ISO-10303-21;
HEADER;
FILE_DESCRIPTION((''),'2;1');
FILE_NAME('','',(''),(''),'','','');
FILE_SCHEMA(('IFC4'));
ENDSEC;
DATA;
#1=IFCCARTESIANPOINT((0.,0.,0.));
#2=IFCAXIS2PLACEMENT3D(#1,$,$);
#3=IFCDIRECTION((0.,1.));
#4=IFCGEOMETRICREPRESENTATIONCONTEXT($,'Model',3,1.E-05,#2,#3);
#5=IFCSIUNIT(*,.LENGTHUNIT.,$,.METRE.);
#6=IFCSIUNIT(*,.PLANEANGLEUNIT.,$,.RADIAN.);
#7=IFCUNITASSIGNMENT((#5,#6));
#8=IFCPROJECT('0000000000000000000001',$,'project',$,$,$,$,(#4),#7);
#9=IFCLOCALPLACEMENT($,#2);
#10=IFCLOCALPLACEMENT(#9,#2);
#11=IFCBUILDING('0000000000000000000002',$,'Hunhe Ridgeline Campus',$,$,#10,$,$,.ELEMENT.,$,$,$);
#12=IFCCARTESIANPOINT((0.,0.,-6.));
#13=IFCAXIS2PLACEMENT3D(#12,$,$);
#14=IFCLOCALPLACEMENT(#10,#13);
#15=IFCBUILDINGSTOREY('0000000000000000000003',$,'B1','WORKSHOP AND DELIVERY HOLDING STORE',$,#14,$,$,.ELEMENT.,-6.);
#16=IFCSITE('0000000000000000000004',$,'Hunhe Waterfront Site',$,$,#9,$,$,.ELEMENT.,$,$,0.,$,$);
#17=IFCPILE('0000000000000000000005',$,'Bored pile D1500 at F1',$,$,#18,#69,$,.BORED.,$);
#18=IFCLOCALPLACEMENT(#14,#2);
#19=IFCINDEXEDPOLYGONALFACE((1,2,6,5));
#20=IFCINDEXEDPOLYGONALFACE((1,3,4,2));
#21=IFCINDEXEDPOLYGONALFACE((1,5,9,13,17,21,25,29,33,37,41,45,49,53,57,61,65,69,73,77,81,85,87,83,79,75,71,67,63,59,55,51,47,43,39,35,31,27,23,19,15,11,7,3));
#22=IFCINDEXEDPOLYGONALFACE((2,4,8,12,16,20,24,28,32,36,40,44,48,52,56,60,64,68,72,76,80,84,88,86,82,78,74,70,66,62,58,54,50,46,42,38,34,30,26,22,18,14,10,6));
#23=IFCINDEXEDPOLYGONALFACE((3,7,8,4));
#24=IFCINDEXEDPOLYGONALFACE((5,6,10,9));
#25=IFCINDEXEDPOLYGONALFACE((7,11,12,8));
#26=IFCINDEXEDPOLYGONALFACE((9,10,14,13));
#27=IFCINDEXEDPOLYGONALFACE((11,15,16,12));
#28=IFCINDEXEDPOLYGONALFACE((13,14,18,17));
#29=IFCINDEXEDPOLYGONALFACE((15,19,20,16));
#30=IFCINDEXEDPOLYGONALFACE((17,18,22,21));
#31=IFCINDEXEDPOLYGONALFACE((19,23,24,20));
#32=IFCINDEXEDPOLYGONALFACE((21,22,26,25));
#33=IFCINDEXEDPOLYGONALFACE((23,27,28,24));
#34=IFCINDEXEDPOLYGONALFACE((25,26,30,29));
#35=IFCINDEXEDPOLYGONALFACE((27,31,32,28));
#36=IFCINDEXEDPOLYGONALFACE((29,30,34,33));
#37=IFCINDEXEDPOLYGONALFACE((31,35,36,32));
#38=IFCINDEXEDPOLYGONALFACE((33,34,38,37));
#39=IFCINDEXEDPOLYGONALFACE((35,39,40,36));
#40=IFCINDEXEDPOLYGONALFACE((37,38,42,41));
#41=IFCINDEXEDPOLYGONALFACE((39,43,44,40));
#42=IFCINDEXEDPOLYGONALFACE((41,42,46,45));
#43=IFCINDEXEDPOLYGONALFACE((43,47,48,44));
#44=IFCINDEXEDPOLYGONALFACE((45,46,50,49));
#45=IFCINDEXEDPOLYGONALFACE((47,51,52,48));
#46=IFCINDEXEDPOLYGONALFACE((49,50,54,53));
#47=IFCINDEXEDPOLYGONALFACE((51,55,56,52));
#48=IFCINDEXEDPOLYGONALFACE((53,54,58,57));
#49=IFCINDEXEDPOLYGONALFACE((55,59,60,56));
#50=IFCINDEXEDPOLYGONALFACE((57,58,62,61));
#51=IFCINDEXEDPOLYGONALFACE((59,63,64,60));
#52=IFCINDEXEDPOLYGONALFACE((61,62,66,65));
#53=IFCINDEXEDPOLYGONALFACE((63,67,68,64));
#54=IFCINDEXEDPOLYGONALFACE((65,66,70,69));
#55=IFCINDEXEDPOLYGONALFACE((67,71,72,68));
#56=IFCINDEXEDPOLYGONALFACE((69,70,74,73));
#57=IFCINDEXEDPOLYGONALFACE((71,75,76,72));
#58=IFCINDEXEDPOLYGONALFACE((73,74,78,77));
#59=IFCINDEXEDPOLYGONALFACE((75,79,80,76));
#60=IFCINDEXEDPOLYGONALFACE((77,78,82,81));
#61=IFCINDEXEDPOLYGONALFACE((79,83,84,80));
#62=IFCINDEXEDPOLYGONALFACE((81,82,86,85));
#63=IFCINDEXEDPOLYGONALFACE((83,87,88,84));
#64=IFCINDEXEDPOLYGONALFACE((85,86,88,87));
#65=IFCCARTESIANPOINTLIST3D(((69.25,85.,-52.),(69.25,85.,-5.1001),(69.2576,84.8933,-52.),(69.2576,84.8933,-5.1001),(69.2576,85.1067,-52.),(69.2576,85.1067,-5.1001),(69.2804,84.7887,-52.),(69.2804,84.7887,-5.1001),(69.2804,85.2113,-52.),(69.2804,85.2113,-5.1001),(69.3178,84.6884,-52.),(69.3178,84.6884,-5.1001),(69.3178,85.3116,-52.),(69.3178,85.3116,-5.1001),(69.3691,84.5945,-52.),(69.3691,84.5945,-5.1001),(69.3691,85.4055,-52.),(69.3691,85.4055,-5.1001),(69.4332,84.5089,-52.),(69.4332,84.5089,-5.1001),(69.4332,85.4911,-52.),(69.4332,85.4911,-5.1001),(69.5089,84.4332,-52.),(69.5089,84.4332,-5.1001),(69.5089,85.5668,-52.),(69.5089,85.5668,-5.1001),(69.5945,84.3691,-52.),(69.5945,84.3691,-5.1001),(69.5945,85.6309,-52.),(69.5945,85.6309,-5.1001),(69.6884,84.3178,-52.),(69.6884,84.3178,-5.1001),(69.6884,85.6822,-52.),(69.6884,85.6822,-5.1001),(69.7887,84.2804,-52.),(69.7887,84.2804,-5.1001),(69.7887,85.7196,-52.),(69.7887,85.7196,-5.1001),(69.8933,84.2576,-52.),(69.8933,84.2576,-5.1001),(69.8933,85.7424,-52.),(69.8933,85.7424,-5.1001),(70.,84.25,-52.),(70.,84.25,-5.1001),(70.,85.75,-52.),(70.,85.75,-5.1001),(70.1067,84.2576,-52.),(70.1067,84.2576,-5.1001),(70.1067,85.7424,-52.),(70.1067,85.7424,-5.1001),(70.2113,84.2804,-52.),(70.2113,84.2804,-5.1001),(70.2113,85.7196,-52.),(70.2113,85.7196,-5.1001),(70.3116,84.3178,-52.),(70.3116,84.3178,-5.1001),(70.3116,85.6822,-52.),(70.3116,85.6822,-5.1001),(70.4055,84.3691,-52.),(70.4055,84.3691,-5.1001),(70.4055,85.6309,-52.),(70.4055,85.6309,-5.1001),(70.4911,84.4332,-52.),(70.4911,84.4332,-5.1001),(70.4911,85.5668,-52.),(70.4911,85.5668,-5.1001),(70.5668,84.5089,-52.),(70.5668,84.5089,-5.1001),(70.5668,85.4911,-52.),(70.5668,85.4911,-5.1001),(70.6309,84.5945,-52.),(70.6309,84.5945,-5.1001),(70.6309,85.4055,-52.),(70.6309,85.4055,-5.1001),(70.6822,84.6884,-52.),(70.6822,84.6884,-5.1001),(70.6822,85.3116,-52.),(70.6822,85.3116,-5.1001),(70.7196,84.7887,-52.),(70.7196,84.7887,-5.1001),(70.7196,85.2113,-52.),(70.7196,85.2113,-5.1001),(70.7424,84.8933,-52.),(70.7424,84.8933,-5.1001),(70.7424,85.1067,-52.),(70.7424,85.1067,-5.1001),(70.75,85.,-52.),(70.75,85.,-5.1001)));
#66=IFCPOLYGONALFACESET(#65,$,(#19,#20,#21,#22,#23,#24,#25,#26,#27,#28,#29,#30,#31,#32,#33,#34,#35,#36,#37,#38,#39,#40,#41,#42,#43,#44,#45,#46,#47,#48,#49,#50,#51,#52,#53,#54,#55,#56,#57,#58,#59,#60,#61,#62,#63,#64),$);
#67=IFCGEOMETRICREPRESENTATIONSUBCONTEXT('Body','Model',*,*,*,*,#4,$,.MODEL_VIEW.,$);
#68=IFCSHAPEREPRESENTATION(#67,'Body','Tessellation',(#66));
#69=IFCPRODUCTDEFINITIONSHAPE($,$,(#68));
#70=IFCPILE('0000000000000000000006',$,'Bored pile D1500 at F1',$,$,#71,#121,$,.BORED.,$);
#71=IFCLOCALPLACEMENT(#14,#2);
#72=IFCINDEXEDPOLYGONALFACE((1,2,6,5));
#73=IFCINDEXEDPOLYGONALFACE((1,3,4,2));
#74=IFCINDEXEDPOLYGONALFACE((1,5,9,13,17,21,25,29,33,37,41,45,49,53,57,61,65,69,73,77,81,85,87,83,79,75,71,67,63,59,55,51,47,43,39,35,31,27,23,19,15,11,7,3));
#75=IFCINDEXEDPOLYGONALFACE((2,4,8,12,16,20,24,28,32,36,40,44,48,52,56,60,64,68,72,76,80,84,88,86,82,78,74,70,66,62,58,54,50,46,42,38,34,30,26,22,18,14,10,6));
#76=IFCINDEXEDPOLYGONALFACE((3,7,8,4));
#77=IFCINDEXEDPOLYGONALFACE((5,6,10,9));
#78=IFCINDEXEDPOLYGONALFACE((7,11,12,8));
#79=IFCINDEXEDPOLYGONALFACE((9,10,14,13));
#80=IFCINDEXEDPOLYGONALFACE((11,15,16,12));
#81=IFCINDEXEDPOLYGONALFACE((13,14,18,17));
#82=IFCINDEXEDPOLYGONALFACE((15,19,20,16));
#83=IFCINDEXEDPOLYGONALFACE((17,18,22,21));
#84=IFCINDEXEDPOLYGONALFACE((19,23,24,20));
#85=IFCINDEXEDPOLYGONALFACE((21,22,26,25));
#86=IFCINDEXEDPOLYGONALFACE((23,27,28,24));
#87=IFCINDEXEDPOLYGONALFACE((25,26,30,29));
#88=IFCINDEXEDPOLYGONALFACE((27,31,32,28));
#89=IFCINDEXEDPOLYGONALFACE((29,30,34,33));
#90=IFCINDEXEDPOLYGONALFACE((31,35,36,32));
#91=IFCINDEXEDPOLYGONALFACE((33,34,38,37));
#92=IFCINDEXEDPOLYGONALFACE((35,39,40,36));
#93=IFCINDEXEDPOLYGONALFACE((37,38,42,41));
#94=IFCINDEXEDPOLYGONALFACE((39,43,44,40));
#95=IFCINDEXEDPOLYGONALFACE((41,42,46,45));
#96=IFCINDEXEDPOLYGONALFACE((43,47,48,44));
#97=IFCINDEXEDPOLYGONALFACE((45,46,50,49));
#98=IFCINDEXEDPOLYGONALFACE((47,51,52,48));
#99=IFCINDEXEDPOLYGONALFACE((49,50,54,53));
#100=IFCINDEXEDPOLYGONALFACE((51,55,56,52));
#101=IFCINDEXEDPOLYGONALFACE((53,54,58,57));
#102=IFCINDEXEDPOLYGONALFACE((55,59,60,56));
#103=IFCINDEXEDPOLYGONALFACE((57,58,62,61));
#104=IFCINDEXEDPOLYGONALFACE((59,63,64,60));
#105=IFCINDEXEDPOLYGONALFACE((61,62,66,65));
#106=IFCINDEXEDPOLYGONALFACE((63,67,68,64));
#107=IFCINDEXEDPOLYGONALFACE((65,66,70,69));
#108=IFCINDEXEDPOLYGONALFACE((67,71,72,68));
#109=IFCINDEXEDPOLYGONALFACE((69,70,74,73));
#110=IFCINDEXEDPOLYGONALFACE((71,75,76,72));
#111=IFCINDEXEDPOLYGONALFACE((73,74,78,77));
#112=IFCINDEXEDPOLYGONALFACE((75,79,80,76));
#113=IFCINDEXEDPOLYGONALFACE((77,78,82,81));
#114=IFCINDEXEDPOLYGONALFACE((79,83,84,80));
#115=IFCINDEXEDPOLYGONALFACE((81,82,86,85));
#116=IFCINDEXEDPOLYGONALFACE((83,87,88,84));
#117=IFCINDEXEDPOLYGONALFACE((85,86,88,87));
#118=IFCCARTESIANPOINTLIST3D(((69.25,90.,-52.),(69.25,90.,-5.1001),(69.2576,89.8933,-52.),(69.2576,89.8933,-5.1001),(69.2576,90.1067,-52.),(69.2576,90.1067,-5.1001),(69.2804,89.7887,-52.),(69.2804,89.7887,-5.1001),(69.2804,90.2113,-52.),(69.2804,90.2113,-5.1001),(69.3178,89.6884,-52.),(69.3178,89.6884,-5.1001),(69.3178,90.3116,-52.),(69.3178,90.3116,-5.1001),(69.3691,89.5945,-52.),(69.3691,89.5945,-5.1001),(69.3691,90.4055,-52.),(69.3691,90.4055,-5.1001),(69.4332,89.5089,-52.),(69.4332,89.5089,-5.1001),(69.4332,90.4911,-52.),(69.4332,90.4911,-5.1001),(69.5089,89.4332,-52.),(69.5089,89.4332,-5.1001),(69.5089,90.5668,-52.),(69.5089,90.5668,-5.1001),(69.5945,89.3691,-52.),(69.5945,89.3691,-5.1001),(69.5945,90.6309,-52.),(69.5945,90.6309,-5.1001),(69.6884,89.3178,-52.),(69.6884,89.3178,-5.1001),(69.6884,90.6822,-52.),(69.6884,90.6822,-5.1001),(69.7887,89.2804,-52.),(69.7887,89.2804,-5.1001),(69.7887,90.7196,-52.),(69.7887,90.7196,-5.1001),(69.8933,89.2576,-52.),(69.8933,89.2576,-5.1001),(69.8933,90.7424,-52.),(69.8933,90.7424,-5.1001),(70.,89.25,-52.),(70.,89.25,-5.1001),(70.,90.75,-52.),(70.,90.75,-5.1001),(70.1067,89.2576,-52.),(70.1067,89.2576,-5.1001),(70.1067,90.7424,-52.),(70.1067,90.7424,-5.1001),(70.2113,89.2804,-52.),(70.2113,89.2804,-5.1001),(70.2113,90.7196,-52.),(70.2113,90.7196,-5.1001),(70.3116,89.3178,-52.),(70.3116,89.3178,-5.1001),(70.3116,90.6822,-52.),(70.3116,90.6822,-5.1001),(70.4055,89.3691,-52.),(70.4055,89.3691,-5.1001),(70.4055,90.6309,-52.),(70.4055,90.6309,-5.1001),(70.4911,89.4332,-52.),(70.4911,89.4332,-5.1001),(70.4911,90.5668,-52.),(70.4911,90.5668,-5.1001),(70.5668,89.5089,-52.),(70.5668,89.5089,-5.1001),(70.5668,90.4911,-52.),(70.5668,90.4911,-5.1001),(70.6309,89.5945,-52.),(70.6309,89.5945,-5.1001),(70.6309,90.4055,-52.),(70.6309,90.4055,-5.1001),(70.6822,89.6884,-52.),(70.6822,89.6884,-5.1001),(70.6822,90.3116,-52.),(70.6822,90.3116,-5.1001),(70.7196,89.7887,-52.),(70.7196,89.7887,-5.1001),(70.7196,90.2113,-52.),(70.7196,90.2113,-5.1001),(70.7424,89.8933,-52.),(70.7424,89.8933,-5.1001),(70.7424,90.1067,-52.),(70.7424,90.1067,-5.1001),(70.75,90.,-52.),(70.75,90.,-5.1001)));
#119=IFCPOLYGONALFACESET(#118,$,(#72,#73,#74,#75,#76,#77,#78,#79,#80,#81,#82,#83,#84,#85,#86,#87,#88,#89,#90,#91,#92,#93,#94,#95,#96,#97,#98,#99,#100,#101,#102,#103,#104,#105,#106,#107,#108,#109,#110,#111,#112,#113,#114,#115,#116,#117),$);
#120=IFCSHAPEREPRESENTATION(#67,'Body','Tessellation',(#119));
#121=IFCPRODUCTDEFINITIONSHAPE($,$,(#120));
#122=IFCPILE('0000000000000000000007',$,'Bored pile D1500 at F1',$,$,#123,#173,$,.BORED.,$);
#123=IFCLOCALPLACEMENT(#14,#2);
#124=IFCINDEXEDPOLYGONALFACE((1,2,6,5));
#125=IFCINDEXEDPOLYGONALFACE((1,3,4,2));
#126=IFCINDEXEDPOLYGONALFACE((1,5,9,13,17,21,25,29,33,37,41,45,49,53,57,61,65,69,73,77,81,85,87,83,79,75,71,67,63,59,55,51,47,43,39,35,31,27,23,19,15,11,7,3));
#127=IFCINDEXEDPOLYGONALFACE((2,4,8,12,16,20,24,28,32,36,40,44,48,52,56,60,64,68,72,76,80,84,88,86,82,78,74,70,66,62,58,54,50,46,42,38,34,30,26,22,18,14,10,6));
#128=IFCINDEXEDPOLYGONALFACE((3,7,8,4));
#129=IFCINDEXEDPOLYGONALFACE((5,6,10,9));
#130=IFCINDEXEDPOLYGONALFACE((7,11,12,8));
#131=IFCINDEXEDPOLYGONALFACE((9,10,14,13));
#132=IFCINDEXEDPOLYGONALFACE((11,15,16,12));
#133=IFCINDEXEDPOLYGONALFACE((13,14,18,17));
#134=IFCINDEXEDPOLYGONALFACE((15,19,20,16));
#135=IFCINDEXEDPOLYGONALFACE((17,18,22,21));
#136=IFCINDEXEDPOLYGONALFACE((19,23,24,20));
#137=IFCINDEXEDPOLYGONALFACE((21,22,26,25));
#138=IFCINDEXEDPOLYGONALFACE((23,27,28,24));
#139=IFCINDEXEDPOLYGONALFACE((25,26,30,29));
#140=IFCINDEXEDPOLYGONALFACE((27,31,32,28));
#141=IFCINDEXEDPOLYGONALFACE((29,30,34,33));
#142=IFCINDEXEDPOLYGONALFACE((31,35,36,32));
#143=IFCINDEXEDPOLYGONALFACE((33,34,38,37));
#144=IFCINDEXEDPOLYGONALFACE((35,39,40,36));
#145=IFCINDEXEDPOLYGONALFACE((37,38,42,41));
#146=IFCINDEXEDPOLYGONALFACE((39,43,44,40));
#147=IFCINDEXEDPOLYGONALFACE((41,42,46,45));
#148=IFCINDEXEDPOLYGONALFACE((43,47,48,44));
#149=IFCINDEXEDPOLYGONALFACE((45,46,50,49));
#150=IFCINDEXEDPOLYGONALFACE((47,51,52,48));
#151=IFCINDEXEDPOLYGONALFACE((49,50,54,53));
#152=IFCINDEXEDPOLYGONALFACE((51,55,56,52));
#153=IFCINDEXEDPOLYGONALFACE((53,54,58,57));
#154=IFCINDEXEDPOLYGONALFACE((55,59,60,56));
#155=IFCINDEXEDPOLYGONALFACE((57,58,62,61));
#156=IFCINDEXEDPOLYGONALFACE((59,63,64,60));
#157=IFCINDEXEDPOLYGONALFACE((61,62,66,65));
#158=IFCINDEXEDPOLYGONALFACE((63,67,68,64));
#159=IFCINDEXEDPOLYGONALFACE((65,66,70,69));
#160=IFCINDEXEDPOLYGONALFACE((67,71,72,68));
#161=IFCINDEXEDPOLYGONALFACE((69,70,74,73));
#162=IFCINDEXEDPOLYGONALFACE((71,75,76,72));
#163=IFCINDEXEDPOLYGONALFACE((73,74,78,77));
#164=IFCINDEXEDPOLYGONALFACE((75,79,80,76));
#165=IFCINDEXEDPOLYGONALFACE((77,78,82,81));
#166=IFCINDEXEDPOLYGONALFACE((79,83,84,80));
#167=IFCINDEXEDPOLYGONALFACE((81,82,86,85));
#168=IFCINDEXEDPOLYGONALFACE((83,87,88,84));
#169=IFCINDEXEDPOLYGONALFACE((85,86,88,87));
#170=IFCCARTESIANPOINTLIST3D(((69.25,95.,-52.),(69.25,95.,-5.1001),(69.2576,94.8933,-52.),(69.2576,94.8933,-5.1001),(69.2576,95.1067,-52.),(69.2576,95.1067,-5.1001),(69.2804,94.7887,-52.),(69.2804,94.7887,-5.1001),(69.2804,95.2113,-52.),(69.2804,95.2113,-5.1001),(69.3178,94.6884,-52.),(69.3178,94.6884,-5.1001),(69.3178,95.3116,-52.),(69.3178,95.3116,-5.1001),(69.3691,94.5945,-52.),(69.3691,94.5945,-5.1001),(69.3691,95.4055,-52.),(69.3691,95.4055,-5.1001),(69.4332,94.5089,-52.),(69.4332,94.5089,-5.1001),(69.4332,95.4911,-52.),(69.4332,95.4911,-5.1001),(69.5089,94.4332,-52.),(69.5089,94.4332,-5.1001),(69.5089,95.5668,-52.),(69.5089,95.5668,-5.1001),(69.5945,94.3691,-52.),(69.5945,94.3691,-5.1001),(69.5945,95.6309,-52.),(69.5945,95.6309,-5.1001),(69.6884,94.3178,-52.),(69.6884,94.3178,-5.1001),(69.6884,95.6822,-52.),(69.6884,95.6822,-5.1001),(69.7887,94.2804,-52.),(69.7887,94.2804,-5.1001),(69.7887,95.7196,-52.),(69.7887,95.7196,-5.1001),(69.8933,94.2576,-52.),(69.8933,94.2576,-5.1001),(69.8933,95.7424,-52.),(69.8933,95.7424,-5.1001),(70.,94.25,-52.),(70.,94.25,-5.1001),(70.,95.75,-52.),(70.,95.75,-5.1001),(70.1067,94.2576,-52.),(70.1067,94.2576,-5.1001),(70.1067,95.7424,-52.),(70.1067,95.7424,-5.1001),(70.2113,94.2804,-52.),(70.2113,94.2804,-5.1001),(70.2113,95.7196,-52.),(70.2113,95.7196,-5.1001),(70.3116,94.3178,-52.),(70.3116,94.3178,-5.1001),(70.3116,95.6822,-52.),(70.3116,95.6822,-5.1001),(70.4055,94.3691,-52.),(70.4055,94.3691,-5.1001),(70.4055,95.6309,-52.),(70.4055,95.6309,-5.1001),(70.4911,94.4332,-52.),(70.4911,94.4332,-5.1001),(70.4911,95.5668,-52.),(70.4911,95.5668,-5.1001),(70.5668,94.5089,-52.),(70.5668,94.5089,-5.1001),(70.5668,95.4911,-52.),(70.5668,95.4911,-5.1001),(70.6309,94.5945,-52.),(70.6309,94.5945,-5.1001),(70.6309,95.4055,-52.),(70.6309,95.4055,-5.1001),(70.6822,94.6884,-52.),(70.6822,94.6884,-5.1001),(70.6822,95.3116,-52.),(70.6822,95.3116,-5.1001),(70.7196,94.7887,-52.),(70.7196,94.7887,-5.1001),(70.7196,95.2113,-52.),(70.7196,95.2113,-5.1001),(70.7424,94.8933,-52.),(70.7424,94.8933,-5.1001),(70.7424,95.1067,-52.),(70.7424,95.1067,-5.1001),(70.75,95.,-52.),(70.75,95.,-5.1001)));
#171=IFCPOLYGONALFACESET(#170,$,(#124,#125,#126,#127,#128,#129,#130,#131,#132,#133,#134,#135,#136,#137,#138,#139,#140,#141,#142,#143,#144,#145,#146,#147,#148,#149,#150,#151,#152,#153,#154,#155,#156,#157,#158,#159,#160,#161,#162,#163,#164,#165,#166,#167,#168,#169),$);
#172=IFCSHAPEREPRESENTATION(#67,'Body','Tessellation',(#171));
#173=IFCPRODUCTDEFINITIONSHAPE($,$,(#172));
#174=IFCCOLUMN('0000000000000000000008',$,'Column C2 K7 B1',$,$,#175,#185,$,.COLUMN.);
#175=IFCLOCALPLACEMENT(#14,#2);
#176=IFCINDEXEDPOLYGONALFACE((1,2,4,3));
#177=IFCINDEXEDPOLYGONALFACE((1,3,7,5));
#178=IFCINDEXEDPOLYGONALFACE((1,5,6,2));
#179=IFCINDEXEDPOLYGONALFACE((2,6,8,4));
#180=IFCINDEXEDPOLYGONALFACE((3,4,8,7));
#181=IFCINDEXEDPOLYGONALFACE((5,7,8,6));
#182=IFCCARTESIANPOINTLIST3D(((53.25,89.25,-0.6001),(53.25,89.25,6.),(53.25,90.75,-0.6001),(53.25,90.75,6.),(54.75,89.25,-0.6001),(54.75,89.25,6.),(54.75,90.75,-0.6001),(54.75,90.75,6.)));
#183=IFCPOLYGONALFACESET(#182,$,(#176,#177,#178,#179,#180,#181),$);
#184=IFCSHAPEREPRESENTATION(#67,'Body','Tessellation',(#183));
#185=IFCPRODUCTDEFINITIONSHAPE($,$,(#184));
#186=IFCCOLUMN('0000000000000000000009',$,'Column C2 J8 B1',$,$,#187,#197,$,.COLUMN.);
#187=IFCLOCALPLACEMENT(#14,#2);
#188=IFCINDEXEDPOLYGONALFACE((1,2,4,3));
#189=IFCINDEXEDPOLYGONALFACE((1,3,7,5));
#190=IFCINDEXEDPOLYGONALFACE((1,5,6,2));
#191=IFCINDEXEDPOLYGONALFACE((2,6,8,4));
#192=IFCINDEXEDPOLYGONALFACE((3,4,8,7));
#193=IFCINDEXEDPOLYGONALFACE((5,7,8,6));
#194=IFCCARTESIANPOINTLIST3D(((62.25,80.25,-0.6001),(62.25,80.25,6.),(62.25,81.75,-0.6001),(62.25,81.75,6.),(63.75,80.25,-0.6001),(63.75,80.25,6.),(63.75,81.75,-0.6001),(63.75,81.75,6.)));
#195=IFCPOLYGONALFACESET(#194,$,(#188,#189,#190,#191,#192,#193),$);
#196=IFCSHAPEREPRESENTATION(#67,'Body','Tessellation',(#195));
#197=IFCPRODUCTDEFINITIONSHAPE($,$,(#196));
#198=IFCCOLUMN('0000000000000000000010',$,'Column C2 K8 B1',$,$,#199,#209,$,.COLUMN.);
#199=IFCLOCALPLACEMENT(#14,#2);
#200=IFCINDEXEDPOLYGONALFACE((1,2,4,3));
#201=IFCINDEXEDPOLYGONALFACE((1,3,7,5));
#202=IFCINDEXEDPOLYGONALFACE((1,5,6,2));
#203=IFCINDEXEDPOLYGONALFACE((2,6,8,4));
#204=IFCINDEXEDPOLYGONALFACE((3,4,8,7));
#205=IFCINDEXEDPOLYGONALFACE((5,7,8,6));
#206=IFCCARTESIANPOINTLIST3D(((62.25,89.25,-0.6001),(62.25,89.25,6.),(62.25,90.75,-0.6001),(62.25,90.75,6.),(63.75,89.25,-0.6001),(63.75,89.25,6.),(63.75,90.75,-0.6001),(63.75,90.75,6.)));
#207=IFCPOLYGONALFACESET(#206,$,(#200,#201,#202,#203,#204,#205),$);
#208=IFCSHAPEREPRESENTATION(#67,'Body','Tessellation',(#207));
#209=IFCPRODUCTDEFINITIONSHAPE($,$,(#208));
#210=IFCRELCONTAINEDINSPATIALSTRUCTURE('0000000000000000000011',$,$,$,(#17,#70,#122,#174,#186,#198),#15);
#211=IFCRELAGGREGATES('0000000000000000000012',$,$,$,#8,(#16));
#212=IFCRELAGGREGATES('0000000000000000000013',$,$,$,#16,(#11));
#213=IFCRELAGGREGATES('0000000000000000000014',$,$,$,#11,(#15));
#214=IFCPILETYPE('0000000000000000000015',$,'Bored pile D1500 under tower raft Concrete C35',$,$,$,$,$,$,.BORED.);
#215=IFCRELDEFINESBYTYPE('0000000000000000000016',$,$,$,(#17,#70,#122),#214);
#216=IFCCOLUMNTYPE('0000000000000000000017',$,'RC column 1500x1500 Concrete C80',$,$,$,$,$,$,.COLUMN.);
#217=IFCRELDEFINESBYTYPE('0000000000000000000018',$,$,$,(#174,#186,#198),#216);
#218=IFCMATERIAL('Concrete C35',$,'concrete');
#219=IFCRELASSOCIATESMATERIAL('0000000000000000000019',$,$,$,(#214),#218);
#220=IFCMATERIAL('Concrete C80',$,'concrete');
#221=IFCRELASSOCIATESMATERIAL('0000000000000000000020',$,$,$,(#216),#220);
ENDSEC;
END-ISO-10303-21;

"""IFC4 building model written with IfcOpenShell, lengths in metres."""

from ifc_helpers import new_model, si_unit, direction, frame, origin, origin_2d, place, context, subcontext, project, spatial, rectangle, circle, extrude, material, material_profile, profile_set, type_object, element, save


model = new_model("IFC4")

# Units and contexts
model_context = context("Model", 3, precision=1e-05, world=origin(), true_north=direction((0.0, 1.0)))
body_context = subcontext(model_context, "Body", "Model", "MODEL_VIEW")
ifc_project = project(units=[si_unit("LENGTHUNIT", "METRE"), si_unit("PLANEANGLEUNIT", "RADIAN")], contexts=[model_context])

# Site, building, storey
site_placement = place(None, origin())
site = spatial("IfcSite", under=ifc_project, at=site_placement, Name="Hunhe Waterfront Site", CompositionType="ELEMENT", RefElevation=0.0)
building_placement = place(site_placement, origin())
building = spatial("IfcBuilding", under=site, at=building_placement, Name="Hunhe Ridgeline Campus", CompositionType="ELEMENT")
storey_placement = place(building_placement, frame((0.0, 0.0, -6.0)))
storey = spatial("IfcBuildingStorey", under=building, at=storey_placement, Name="B1", Description="WORKSHOP AND DELIVERY HOLDING STORE", CompositionType="ELEMENT", Elevation=-6.0)

# Piles
ifc_material_1 = material(Name="Concrete C35", Category="concrete")
ifc_material_profile_1 = material_profile(ifc_material_1, circle(Radius=0.75, at=origin_2d()))
ifc_profile_set_1 = profile_set([ifc_material_profile_1], Name="Concrete C35")
pile_type = type_object("IfcPileType", Name="Bored pile D1500 under tower raft Concrete C35", PredefinedType="BORED", material=ifc_profile_set_1)
for number, where, z_axis, x_axis, name in (
    (1, (70.0, 85.0, -5.1001), (0.0, 0.0, -1.0), (1.0, 0.0, 0.0), "Bored pile D1500 at F1"),
    (2, (70.0, 90.0, -5.1001), (0.0, 0.0, -1.0), (1.0, 0.0, 0.0), "Bored pile D1500 at F1"),
    (3, (70.0, 95.0, -5.1001), (0.0, 0.0, -1.0), (1.0, 0.0, 0.0), "Bored pile D1500 at F1"),
):
    element("IfcPile", number, at=place(storey_placement, frame(where, z_axis=z_axis, x_axis=x_axis)), inside=storey, type_object=pile_type, Name=name, PredefinedType="BORED", context=body_context, shape_type="SweptSolid", body=[
        extrude(circle(Radius=0.75, at=origin_2d()), origin(), (0.0, 0.0, 1.0), 46.8999),
    ])

# Columns
ifc_material_2 = material(Name="Concrete C80", Category="concrete")
ifc_material_profile_2 = material_profile(ifc_material_2, rectangle(XDim=1.5, YDim=1.5, at=origin_2d()))
ifc_profile_set_2 = profile_set([ifc_material_profile_2], Name="Concrete C80")
column_type = type_object("IfcColumnType", Name="RC column 1500x1500 Concrete C80", PredefinedType="COLUMN", material=ifc_profile_set_2)
for number, where, z_axis, x_axis, name in (
    (4, (54.0, 90.0, -0.6001), (0.0, 0.0, 1.0), (1.0, 0.0, 0.0), "Column C2 K7 B1"),
    (5, (63.0, 81.0, -0.6001), (0.0, 0.0, 1.0), (1.0, 0.0, 0.0), "Column C2 J8 B1"),
    (6, (63.0, 90.0, -0.6001), (0.0, 0.0, 1.0), (1.0, 0.0, 0.0), "Column C2 K8 B1"),
):
    element("IfcColumn", number, at=place(storey_placement, frame(where, z_axis=z_axis, x_axis=x_axis)), inside=storey, type_object=column_type, Name=name, PredefinedType="COLUMN", context=body_context, shape_type="SweptSolid", body=[
        extrude(rectangle(XDim=1.5, YDim=1.5, at=origin_2d()), origin(), (0.0, 0.0, 1.0), 6.6001),
    ])

save(model, "model.ifc")
